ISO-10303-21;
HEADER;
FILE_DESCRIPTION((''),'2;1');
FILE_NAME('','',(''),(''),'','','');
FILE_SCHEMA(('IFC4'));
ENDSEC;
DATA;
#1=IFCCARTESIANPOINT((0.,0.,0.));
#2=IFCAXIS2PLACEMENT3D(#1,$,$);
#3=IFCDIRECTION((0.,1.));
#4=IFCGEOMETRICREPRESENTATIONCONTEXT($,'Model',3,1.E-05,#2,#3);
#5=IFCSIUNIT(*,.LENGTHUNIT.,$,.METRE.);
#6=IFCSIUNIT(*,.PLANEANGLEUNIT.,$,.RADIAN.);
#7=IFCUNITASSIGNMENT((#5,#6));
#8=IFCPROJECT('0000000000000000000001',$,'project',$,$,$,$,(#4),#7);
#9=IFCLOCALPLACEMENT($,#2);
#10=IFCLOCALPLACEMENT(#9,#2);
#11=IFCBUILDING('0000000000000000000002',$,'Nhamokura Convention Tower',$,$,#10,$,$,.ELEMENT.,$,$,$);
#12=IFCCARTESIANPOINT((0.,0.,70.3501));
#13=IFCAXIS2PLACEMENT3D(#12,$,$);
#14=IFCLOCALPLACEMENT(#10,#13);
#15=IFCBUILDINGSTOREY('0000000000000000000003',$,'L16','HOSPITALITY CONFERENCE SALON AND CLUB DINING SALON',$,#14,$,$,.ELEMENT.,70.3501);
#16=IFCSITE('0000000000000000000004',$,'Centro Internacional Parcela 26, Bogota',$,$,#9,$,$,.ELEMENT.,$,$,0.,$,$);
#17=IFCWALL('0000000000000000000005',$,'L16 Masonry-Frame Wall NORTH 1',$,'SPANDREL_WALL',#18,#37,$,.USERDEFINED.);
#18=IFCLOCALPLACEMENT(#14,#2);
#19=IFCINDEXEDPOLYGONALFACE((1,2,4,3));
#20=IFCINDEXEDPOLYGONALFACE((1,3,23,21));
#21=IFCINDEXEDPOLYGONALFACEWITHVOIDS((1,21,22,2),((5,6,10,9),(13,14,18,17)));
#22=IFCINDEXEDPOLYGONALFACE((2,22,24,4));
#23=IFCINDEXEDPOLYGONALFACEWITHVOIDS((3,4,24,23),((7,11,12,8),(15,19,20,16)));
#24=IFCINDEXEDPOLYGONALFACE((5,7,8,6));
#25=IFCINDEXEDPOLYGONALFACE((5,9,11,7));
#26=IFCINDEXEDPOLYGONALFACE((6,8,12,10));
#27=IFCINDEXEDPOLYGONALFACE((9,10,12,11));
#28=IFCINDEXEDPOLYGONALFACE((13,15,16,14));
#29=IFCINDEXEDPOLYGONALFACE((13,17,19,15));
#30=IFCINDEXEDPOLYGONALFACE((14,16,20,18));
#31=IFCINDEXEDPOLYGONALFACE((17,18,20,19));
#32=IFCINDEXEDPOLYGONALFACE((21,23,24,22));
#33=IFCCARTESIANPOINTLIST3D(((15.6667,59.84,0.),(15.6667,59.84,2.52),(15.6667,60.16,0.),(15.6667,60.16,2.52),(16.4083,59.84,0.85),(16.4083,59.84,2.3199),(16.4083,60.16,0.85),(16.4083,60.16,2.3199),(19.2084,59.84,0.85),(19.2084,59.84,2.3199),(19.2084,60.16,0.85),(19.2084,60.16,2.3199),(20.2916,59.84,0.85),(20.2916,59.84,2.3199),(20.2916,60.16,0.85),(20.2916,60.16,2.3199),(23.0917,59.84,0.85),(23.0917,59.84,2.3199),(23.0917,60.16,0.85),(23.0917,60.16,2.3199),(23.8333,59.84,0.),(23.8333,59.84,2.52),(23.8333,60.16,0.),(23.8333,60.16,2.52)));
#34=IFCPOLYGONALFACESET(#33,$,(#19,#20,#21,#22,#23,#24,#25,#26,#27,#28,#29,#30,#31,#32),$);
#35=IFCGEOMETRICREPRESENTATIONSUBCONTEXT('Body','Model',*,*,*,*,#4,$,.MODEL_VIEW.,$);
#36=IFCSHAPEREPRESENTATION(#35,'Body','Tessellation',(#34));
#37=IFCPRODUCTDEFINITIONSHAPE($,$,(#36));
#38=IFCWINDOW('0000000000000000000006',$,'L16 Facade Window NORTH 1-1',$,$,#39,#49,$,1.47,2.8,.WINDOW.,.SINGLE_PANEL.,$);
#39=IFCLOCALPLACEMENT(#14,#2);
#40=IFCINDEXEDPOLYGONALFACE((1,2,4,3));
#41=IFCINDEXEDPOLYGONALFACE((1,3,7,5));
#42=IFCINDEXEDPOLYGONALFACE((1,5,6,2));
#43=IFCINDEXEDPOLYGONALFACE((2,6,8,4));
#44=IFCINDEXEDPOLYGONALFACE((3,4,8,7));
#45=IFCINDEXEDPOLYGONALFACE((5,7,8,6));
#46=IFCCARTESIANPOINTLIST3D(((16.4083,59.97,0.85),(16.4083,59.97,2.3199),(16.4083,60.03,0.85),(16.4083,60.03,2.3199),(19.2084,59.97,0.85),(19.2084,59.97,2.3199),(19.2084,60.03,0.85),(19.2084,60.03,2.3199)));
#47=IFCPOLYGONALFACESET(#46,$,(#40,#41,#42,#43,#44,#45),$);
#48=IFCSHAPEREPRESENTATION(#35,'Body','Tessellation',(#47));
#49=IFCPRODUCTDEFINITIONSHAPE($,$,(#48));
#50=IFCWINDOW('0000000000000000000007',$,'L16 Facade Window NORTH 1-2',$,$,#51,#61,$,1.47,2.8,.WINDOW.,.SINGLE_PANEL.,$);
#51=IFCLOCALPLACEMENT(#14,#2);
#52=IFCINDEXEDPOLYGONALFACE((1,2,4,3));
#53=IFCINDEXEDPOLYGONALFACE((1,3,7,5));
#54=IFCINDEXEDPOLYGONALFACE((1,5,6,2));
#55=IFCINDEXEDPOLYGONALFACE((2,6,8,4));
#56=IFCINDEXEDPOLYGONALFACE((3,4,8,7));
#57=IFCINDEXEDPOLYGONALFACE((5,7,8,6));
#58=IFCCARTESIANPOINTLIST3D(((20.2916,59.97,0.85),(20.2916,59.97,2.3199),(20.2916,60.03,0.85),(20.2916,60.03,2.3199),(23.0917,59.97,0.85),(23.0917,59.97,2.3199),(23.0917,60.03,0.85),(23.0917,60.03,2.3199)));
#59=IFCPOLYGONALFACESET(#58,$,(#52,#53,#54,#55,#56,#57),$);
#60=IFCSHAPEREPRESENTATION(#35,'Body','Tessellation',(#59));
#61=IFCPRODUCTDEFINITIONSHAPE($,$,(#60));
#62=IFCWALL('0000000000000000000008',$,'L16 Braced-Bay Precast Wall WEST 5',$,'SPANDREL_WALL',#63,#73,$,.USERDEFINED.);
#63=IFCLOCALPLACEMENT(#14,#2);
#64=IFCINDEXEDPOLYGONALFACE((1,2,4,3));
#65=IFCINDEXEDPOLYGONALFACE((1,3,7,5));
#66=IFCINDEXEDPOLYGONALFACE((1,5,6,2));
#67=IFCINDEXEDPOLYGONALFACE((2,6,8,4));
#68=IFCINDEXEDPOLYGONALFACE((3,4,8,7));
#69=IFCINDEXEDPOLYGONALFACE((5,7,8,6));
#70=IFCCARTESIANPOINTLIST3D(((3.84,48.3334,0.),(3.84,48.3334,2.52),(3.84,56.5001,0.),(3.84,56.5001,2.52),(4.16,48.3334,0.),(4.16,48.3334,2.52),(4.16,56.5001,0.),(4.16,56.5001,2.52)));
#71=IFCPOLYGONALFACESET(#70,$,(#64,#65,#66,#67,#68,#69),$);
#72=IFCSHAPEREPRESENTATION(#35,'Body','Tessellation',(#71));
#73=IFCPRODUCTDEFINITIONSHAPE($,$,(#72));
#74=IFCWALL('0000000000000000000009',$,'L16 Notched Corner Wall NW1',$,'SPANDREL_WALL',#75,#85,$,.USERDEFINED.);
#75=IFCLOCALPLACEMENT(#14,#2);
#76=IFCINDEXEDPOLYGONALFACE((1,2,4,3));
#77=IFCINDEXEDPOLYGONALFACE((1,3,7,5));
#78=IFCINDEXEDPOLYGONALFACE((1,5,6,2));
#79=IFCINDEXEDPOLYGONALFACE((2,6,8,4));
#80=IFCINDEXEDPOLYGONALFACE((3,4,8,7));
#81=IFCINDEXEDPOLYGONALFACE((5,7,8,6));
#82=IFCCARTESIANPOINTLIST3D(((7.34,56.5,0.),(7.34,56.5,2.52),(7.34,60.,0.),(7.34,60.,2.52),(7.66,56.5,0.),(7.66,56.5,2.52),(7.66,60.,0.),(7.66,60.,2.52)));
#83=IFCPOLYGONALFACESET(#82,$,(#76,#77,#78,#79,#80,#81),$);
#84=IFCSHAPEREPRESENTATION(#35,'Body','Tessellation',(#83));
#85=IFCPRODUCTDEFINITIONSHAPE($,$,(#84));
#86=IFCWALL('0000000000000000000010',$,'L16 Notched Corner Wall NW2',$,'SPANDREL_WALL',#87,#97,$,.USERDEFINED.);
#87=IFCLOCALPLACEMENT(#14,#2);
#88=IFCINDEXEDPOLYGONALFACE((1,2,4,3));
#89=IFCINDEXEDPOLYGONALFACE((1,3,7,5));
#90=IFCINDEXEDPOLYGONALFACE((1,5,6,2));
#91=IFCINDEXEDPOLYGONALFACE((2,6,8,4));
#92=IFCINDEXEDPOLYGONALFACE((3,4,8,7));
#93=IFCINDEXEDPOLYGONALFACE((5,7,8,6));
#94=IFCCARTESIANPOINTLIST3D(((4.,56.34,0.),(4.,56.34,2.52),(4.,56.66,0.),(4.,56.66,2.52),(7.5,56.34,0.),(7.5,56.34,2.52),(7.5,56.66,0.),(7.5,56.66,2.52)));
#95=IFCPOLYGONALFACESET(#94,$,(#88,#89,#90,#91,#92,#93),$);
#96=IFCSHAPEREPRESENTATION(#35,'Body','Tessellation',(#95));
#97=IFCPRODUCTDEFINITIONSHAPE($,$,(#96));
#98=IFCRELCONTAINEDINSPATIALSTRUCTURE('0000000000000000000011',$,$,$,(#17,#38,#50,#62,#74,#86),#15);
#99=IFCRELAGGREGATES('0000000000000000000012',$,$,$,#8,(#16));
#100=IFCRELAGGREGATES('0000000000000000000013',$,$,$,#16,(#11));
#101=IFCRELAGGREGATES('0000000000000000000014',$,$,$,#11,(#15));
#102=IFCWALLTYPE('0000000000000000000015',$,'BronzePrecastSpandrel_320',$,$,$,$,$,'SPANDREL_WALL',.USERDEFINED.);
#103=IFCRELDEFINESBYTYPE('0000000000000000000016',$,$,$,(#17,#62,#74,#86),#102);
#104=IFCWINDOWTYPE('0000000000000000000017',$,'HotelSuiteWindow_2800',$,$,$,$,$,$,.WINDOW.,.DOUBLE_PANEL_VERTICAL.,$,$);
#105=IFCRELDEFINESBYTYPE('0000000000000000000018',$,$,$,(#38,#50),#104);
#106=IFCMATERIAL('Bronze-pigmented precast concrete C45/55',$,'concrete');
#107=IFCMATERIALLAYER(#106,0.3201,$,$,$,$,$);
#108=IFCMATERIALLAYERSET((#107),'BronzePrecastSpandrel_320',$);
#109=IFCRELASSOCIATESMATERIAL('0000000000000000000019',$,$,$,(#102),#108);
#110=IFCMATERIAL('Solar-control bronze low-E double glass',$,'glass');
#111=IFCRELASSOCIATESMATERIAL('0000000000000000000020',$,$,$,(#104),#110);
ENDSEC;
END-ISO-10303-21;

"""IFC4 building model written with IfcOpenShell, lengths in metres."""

from ifc_helpers import new_model, si_unit, direction, frame, frame_2d, origin, place, context, subcontext, project, spatial, rectangle, extrude, material, layer, layer_set, type_object, element, fill, save


model = new_model("IFC4")

# Units and contexts
model_context = context("Model", 3, precision=1e-05, world=origin(), true_north=direction((0.0, 1.0)))
body_context = subcontext(model_context, "Body", "Model", "MODEL_VIEW")
ifc_project = project(units=[si_unit("LENGTHUNIT", "METRE"), si_unit("PLANEANGLEUNIT", "RADIAN")], contexts=[model_context])

# Site, building, storey
site_placement = place(None, origin())
site = spatial("IfcSite", under=ifc_project, at=site_placement, Name="Centro Internacional Parcela 26, Bogota", CompositionType="ELEMENT", RefElevation=0.0)
building_placement = place(site_placement, origin())
building = spatial("IfcBuilding", under=site, at=building_placement, Name="Nhamokura Convention Tower", CompositionType="ELEMENT")
storey_placement = place(building_placement, frame((0.0, 0.0, 70.3501)))
storey = spatial("IfcBuildingStorey", under=building, at=storey_placement, Name="L16", Description="HOSPITALITY CONFERENCE SALON AND CLUB DINING SALON", CompositionType="ELEMENT", Elevation=70.3501)

# Shared definitions
ifc_material_1 = material(Name="Bronze-pigmented precast concrete C45/55", Category="concrete")
ifc_layer = layer(ifc_material_1, 0.3201)
ifc_layer_set = layer_set([ifc_layer], Name="BronzePrecastSpandrel_320")
wall_type = type_object("IfcWallType", Name="BronzePrecastSpandrel_320", ElementType="SPANDREL_WALL", PredefinedType="USERDEFINED", material=ifc_layer_set)

# Wall, openings, windows
wall_1_placement = place(storey_placement, frame((15.6667, 60.0, 0.0), z_axis=(0.0, 0.0, 1.0), x_axis=(1.0, 0.0, 0.0)))
wall_1 = element("IfcWall", 1, at=wall_1_placement, inside=storey, type_object=wall_type, Name="L16 Masonry-Frame Wall NORTH 1", ObjectType="SPANDREL_WALL", PredefinedType="USERDEFINED", context=body_context, shape_type="SweptSolid", body=[
    extrude(rectangle(XDim=8.1665, YDim=0.3201, at=frame_2d((4.0833, 0.0))), origin(), (0.0, 0.0, 1.0), 2.52),
])
opening_1_placement = place(wall_1_placement, frame((0.7417, 0.0, 0.8501)))
opening_1 = element("IfcOpeningElement", 2, at=opening_1_placement, cuts=wall_1, PredefinedType="OPENING", context=body_context, shape_type="SweptSolid", body=[
    extrude(rectangle(XDim=2.8, YDim=1.47, at=frame_2d((1.3999, 0.7349))), frame((0.0, 0.1699, 0.0), z_axis=(0.0, -1.0, 0.0), x_axis=(1.0, 0.0, 0.0)), (0.0, 0.0, 1.0), 0.3401),
])
opening_2_placement = place(wall_1_placement, frame((4.625, 0.0, 0.8501)))
opening_2 = element("IfcOpeningElement", 3, at=opening_2_placement, cuts=wall_1, PredefinedType="OPENING", context=body_context, shape_type="SweptSolid", body=[
    extrude(rectangle(XDim=2.8, YDim=1.47, at=frame_2d((1.3999, 0.7349))), frame((0.0, 0.1699, 0.0), z_axis=(0.0, -1.0, 0.0), x_axis=(1.0, 0.0, 0.0)), (0.0, 0.0, 1.0), 0.3401),
])
ifc_material_2 = material(Name="Solar-control bronze low-E double glass", Category="glass")
window_type = type_object("IfcWindowType", Name="HotelSuiteWindow_2800", PartitioningType="DOUBLE_PANEL_VERTICAL", PredefinedType="WINDOW", material=ifc_material_2)
window_1_placement = place(opening_1_placement, origin())
window_1 = element("IfcWindow", 4, at=window_1_placement, inside=storey, type_object=window_type, Name="L16 Facade Window NORTH 1-1", OverallHeight=1.47, OverallWidth=2.8, PartitioningType="SINGLE_PANEL", PredefinedType="WINDOW", context=body_context, shape_type="SweptSolid", body=[
    extrude(rectangle(XDim=2.8, YDim=1.47, at=frame_2d((1.3999, 0.7349))), frame((0.0, 0.03, 0.0), z_axis=(0.0, -1.0, 0.0), x_axis=(1.0, 0.0, 0.0)), (0.0, 0.0, 1.0), 0.0601),
])
fill(opening_1, window_1)
window_2_placement = place(opening_2_placement, origin())
window_2 = element("IfcWindow", 5, at=window_2_placement, inside=storey, type_object=window_type, Name="L16 Facade Window NORTH 1-2", OverallHeight=1.47, OverallWidth=2.8, PartitioningType="SINGLE_PANEL", PredefinedType="WINDOW", context=body_context, shape_type="SweptSolid", body=[
    extrude(rectangle(XDim=2.8, YDim=1.47, at=frame_2d((1.3999, 0.7349))), frame((0.0, 0.03, 0.0), z_axis=(0.0, -1.0, 0.0), x_axis=(1.0, 0.0, 0.0)), (0.0, 0.0, 1.0), 0.0601),
])
fill(opening_2, window_2)

# Walls
wall_2_placement = place(storey_placement, frame((4.0, 48.3333, 0.0), z_axis=(0.0, 0.0, 1.0), x_axis=(0.0, 1.0, 0.0)))
element("IfcWall", 6, at=wall_2_placement, inside=storey, type_object=wall_type, Name="L16 Braced-Bay Precast Wall WEST 5", ObjectType="SPANDREL_WALL", PredefinedType="USERDEFINED", context=body_context, shape_type="SweptSolid", body=[
    extrude(rectangle(XDim=8.1667, YDim=0.3201, at=frame_2d((4.0835, 0.0))), origin(), (0.0, 0.0, 1.0), 2.52),
])
for number, where, z_axis, x_axis, name in (
    (7, (7.5, 56.5, 0.0), (0.0, 0.0, 1.0), (0.0, 1.0, 0.0), "L16 Notched Corner Wall NW1"),
    (8, (4.0, 56.5, 0.0), (0.0, 0.0, 1.0), (1.0, 0.0, 0.0), "L16 Notched Corner Wall NW2"),
):
    element("IfcWall", number, at=place(storey_placement, frame(where, z_axis=z_axis, x_axis=x_axis)), inside=storey, type_object=wall_type, Name=name, ObjectType="SPANDREL_WALL", PredefinedType="USERDEFINED", context=body_context, shape_type="SweptSolid", body=[
        extrude(rectangle(XDim=3.5, YDim=0.3201, at=frame_2d((1.75, 0.0))), origin(), (0.0, 0.0, 1.0), 2.52),
    ])

save(model, "model.ifc")
